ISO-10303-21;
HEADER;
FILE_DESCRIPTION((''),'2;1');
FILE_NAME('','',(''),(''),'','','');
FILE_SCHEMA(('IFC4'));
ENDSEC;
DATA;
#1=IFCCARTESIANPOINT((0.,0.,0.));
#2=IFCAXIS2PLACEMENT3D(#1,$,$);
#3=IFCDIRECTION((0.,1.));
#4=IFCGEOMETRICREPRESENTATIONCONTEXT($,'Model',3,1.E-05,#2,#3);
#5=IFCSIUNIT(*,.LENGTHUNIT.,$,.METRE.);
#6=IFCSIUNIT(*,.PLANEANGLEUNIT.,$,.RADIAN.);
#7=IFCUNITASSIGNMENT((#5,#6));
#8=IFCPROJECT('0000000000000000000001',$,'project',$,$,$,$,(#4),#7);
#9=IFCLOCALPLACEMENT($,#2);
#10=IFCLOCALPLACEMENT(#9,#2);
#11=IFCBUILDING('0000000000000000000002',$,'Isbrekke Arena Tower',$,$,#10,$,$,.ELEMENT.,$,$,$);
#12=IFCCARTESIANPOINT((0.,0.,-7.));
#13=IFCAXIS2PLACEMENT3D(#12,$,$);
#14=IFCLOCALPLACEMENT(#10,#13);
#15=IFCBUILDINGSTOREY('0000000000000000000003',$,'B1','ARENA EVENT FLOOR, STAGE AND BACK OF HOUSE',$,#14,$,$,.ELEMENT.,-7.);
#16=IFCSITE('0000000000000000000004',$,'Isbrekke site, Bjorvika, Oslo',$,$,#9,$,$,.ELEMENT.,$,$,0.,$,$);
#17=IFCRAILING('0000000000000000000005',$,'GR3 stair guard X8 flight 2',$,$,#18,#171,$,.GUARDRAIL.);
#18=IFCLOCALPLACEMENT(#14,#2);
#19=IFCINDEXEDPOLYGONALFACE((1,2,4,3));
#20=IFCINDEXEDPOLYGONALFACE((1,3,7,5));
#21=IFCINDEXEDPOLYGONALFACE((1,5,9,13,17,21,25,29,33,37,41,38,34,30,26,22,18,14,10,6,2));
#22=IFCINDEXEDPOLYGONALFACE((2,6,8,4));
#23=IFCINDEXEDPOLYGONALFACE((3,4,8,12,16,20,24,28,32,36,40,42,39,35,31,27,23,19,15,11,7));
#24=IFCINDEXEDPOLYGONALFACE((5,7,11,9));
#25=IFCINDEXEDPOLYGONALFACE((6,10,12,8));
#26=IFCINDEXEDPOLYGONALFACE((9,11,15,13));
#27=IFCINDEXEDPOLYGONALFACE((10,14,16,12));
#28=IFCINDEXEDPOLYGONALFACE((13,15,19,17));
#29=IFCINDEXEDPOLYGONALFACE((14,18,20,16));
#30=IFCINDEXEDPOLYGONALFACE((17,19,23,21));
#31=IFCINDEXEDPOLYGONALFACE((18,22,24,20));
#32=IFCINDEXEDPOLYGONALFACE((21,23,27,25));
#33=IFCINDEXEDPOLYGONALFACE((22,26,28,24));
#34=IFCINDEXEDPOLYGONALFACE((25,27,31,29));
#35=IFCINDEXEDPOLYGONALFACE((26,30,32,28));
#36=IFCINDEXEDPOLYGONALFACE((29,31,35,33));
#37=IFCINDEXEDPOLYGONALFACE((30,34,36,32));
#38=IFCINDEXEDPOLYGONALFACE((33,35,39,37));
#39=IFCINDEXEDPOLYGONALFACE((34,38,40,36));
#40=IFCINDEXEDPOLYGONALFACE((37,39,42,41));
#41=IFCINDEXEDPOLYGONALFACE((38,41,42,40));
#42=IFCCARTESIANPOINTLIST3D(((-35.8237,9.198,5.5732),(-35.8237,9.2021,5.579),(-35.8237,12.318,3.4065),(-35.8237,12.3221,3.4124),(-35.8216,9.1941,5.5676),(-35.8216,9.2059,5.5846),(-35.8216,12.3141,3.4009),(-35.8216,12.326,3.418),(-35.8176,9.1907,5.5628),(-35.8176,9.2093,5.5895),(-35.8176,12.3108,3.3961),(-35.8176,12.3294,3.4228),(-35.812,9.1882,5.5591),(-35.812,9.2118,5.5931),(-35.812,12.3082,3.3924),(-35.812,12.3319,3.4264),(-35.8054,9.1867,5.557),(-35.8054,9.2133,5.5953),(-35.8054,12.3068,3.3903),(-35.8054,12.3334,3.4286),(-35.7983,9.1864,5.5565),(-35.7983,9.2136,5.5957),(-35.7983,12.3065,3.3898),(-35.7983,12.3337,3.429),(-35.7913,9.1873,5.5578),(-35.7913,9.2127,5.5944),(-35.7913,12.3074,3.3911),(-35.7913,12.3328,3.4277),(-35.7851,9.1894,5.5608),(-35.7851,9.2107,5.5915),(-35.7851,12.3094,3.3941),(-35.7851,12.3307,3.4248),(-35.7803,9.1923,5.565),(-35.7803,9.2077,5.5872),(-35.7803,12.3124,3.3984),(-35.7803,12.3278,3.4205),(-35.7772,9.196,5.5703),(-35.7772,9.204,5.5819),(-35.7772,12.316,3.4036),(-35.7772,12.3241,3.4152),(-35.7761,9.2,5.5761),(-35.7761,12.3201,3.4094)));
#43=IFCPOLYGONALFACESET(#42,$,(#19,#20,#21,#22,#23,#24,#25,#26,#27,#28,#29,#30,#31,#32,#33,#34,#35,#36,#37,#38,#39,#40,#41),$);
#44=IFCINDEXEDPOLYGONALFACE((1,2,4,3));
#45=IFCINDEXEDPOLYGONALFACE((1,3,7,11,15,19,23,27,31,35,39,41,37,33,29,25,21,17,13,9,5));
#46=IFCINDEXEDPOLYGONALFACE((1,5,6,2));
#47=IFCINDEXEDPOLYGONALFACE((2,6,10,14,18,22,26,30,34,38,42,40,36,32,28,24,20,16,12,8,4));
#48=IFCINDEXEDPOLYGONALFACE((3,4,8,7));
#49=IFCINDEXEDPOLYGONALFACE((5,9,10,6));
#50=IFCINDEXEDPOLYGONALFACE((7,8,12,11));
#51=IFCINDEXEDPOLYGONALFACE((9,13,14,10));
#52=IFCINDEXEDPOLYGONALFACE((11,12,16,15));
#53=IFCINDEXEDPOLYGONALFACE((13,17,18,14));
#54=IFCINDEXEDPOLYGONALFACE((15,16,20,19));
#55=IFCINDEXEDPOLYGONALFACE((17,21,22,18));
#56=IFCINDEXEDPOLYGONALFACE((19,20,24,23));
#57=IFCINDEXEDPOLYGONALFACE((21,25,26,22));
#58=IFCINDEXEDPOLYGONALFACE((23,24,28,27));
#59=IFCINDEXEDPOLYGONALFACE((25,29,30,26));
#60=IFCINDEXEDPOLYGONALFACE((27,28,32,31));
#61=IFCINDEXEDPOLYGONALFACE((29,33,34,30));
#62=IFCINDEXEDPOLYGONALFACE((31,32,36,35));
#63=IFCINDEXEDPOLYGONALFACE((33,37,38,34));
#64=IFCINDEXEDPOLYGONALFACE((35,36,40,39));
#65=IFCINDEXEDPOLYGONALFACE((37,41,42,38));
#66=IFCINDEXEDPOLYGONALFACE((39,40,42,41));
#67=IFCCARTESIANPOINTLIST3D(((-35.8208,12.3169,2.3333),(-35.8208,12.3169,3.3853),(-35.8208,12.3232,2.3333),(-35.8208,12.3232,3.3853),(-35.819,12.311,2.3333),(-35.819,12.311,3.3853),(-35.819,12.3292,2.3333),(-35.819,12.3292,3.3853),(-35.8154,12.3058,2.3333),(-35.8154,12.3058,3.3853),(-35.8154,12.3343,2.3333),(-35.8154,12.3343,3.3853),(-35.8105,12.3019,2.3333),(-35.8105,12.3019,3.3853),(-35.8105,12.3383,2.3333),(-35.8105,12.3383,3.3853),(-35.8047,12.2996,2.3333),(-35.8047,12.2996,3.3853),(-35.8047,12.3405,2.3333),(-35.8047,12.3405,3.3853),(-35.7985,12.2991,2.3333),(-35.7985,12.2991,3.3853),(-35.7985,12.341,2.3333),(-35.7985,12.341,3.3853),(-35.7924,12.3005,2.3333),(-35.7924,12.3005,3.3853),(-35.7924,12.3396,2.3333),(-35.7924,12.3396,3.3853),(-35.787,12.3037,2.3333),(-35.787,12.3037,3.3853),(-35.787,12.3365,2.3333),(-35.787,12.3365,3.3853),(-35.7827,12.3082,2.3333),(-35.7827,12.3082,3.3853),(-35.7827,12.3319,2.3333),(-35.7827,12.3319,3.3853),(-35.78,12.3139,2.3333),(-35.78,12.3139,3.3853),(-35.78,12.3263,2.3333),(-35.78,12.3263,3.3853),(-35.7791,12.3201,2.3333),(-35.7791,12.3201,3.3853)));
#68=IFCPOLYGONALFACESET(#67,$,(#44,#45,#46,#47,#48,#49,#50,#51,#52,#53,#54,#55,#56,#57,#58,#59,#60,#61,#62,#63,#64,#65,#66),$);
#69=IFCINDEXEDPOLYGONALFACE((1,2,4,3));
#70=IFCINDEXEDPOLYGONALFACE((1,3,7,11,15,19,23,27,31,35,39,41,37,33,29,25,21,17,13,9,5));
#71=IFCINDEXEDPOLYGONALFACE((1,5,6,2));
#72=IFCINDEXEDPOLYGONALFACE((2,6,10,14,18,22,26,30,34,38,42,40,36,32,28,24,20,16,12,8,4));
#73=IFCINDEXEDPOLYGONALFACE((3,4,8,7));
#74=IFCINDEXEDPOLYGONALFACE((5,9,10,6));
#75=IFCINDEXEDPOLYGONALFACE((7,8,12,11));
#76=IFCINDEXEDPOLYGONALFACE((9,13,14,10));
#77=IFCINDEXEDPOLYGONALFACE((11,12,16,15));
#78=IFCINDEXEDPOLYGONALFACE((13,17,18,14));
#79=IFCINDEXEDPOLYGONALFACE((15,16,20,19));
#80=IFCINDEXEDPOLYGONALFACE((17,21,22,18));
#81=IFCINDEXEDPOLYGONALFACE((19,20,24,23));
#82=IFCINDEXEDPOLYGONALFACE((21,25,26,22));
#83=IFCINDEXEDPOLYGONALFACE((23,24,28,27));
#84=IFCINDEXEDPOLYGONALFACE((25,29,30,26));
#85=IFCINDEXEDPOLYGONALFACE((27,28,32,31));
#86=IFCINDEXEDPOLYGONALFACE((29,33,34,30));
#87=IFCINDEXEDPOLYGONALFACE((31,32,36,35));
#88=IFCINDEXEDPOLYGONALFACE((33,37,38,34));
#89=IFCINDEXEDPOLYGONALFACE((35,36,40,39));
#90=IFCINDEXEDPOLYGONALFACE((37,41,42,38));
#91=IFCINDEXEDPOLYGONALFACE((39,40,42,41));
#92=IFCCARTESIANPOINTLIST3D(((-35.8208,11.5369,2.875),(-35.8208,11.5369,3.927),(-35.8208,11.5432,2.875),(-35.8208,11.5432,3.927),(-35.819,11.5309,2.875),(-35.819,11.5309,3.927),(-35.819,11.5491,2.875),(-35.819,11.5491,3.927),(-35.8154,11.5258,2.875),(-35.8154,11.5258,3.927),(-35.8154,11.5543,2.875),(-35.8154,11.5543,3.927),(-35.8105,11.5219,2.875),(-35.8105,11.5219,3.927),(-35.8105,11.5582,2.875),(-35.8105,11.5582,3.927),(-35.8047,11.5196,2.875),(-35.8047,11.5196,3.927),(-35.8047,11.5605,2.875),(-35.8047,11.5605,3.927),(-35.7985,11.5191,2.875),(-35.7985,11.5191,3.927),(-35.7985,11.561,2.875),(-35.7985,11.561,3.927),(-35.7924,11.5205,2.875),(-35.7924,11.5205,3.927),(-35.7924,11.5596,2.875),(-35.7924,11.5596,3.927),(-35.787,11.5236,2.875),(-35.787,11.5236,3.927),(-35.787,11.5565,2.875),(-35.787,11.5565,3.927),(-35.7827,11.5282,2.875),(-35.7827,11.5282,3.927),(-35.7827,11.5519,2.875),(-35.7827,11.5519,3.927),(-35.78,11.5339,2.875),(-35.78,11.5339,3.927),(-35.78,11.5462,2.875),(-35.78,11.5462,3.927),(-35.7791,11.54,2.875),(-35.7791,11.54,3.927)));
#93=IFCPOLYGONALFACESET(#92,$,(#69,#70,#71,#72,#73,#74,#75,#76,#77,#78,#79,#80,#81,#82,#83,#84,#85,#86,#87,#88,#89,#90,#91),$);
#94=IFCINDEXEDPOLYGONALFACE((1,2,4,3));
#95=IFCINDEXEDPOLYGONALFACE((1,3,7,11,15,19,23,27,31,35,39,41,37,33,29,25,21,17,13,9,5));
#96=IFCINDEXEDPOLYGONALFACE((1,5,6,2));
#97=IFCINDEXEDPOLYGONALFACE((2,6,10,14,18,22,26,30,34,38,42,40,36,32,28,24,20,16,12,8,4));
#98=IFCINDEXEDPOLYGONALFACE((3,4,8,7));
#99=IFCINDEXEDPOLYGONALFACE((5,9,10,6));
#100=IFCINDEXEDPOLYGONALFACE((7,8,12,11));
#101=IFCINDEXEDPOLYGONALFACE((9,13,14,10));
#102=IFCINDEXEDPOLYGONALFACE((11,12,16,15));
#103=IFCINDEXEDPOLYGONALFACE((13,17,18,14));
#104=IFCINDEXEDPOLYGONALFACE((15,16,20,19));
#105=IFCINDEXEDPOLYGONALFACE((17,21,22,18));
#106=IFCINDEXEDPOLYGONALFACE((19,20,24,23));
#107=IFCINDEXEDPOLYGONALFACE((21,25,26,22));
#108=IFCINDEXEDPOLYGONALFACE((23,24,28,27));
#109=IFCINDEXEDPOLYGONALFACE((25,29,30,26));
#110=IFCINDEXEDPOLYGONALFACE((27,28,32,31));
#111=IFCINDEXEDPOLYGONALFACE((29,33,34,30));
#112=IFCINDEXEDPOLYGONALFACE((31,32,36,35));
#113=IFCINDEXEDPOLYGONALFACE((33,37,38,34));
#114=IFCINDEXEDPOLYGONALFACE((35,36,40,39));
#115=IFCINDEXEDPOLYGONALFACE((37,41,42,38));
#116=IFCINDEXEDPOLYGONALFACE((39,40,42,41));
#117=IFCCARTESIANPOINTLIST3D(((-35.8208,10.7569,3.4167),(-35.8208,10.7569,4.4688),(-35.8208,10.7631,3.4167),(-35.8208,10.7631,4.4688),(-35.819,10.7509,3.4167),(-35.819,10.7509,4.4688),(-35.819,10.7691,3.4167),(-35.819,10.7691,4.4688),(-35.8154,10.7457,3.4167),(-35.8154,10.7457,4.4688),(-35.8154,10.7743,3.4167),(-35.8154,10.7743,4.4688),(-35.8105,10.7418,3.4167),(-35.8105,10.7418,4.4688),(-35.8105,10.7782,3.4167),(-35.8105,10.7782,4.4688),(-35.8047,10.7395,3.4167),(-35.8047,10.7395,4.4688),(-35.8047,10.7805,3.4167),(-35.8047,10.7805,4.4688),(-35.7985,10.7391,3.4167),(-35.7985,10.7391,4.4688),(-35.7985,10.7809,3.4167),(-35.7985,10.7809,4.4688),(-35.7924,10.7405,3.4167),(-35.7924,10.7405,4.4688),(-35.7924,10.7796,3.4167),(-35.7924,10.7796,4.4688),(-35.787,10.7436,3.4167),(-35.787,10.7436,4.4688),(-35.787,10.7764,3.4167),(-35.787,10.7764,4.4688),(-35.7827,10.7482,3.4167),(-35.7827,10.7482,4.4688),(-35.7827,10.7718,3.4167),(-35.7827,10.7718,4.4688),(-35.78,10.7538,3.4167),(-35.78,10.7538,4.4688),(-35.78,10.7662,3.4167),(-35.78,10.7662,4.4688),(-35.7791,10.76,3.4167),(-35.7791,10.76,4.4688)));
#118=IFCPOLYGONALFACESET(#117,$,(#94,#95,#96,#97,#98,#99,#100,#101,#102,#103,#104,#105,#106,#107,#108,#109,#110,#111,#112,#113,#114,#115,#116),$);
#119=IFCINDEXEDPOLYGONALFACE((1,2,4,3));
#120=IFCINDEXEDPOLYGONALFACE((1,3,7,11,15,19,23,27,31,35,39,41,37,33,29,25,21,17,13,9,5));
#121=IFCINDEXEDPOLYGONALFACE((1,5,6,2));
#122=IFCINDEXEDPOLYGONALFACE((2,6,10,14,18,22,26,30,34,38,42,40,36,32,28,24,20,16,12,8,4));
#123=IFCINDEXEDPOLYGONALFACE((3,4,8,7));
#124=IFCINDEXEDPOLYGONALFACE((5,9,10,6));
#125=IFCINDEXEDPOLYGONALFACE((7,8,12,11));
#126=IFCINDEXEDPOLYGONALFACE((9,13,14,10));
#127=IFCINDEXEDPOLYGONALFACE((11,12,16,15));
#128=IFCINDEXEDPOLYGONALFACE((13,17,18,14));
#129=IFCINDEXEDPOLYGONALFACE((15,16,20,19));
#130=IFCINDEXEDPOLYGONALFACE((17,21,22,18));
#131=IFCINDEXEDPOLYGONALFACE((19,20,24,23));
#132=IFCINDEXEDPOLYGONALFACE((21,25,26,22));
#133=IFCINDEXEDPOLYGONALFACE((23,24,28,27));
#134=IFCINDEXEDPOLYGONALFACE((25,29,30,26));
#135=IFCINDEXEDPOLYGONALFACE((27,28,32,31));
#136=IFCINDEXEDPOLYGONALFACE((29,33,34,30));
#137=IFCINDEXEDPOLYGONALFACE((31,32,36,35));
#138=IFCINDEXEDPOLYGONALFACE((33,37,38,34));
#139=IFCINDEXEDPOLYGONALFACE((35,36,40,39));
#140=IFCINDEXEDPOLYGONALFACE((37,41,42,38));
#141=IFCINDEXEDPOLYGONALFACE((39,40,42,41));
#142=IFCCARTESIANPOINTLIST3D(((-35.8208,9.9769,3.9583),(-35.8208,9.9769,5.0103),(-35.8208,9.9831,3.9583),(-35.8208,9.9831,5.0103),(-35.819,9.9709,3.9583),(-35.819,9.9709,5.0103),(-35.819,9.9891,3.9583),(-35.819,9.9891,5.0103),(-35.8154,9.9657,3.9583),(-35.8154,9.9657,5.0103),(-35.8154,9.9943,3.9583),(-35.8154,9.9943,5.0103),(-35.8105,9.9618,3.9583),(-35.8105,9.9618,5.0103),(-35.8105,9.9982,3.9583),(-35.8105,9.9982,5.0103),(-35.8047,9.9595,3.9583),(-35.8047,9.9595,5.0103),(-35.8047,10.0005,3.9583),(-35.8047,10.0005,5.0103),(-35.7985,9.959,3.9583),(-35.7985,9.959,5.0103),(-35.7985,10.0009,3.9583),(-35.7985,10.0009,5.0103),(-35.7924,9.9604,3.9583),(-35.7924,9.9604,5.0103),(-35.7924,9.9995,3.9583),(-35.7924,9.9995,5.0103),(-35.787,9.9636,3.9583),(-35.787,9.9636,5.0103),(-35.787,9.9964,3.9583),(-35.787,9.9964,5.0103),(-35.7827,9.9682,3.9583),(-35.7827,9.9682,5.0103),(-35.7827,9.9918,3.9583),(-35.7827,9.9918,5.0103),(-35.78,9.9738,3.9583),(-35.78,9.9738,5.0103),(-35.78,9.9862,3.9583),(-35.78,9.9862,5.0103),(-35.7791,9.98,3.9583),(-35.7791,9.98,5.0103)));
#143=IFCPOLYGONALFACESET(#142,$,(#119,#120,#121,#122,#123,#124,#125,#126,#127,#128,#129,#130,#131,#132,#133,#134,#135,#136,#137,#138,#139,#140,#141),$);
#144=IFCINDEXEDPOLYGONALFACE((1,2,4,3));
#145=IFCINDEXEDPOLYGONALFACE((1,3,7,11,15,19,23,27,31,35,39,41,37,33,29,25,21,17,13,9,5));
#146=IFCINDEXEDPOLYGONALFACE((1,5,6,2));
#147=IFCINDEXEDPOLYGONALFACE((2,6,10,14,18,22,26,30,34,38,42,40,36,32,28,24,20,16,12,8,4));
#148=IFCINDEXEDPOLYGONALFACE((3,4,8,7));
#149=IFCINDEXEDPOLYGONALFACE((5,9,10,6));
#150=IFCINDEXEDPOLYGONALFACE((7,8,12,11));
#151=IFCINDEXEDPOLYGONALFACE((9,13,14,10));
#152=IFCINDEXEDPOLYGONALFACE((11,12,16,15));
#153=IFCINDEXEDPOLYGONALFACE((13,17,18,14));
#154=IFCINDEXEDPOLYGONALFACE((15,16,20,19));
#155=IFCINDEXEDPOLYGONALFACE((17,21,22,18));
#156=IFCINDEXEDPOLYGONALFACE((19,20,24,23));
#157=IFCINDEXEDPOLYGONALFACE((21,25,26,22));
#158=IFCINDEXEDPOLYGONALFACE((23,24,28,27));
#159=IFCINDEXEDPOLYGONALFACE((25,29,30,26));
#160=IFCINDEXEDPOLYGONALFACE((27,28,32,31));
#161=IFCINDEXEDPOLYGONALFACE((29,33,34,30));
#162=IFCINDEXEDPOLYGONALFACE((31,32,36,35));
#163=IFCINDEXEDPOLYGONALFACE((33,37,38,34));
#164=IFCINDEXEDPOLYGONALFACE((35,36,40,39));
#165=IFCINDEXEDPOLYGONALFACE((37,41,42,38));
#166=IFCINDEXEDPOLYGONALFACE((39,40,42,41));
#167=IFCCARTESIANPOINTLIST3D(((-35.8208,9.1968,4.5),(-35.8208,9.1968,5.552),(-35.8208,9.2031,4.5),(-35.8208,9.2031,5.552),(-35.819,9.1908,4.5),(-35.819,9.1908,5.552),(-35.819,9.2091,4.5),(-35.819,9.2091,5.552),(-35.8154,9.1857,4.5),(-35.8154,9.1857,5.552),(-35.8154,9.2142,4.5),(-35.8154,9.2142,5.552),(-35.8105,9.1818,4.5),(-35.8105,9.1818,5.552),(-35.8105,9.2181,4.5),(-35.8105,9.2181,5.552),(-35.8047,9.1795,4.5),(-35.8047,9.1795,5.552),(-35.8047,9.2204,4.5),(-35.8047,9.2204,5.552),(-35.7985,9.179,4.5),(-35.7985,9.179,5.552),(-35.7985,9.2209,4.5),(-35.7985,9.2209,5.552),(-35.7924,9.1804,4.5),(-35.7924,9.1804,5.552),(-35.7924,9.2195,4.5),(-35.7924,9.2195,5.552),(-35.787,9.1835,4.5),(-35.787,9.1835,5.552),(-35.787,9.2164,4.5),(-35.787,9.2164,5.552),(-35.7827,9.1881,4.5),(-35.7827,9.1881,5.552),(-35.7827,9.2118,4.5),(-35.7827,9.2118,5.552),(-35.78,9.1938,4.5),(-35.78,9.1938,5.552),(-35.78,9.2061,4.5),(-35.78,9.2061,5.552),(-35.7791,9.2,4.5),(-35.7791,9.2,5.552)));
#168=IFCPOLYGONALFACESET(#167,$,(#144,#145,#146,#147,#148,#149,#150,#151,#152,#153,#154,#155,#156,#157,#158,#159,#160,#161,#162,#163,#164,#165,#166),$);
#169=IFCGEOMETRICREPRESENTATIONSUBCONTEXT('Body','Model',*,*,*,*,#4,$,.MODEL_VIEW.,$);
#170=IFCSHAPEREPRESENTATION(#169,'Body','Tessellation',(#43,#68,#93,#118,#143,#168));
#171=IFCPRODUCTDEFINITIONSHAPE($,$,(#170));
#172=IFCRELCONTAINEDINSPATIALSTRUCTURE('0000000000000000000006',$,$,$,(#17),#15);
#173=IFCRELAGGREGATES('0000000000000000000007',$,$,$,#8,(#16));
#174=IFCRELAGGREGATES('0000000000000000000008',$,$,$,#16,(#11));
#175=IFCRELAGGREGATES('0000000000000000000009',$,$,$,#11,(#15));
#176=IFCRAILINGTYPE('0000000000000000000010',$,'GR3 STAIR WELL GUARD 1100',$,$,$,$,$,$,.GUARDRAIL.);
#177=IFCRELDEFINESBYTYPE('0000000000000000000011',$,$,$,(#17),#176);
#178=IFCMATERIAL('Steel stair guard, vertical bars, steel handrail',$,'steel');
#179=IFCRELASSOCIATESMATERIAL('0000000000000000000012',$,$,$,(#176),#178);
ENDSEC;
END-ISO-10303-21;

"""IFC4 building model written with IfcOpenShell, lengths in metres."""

from ifc_helpers import new_model, si_unit, direction, frame, origin, origin_2d, place, context, subcontext, project, spatial, circle, extrude, material, type_object, element, save


model = new_model("IFC4")

# Units and contexts
model_context = context("Model", 3, precision=1e-05, world=origin(), true_north=direction((0.0, 1.0)))
body_context = subcontext(model_context, "Body", "Model", "MODEL_VIEW")
ifc_project = project(units=[si_unit("LENGTHUNIT", "METRE"), si_unit("PLANEANGLEUNIT", "RADIAN")], contexts=[model_context])

# Site, building, storey
site_placement = place(None, origin())
site = spatial("IfcSite", under=ifc_project, at=site_placement, Name="Isbrekke site, Bjorvika, Oslo", CompositionType="ELEMENT", RefElevation=0.0)
building_placement = place(site_placement, origin())
building = spatial("IfcBuilding", under=site, at=building_placement, Name="Isbrekke Arena Tower", CompositionType="ELEMENT")
storey_placement = place(building_placement, frame((0.0, 0.0, -7.0)))
storey = spatial("IfcBuildingStorey", under=building, at=storey_placement, Name="B1", Description="ARENA EVENT FLOOR, STAGE AND BACK OF HOUSE", CompositionType="ELEMENT", Elevation=-7.0)

# Railing
ifc_material_1 = material(Name="Steel stair guard, vertical bars, steel handrail", Category="steel")
railing_type = type_object("IfcRailingType", Name="GR3 STAIR WELL GUARD 1100", PredefinedType="GUARDRAIL", material=ifc_material_1)
railing_1_placement = place(storey_placement, frame((-35.8, 12.3201, 2.3333)))
element("IfcRailing", 1, at=railing_1_placement, inside=storey, type_object=railing_type, Name="GR3 stair guard X8 flight 2", PredefinedType="GUARDRAIL", context=body_context, shape_type="SweptSolid", body=[
    extrude(circle(Radius=0.0239, at=origin_2d()), frame((0.0, 0.0, 1.0762), z_axis=(0.0, -0.82137, 0.570396), x_axis=(1.0, 0.0, 0.0)), (0.0, 0.0, 1.0), 3.7986),
    extrude(circle(Radius=0.021, at=origin_2d()), origin(), (0.0, 0.0, 1.0), 1.052),
    extrude(circle(Radius=0.021, at=origin_2d()), frame((0.0, -0.78, 0.5417)), (0.0, 0.0, 1.0), 1.052),
    extrude(circle(Radius=0.021, at=origin_2d()), frame((0.0, -1.5601, 1.0835)), (0.0, 0.0, 1.0), 1.052),
    extrude(circle(Radius=0.021, at=origin_2d()), frame((0.0, -2.3401, 1.625)), (0.0, 0.0, 1.0), 1.052),
    extrude(circle(Radius=0.021, at=origin_2d()), frame((0.0, -3.1201, 2.1667)), (0.0, 0.0, 1.0), 1.052),
])

save(model, "model.ifc")
